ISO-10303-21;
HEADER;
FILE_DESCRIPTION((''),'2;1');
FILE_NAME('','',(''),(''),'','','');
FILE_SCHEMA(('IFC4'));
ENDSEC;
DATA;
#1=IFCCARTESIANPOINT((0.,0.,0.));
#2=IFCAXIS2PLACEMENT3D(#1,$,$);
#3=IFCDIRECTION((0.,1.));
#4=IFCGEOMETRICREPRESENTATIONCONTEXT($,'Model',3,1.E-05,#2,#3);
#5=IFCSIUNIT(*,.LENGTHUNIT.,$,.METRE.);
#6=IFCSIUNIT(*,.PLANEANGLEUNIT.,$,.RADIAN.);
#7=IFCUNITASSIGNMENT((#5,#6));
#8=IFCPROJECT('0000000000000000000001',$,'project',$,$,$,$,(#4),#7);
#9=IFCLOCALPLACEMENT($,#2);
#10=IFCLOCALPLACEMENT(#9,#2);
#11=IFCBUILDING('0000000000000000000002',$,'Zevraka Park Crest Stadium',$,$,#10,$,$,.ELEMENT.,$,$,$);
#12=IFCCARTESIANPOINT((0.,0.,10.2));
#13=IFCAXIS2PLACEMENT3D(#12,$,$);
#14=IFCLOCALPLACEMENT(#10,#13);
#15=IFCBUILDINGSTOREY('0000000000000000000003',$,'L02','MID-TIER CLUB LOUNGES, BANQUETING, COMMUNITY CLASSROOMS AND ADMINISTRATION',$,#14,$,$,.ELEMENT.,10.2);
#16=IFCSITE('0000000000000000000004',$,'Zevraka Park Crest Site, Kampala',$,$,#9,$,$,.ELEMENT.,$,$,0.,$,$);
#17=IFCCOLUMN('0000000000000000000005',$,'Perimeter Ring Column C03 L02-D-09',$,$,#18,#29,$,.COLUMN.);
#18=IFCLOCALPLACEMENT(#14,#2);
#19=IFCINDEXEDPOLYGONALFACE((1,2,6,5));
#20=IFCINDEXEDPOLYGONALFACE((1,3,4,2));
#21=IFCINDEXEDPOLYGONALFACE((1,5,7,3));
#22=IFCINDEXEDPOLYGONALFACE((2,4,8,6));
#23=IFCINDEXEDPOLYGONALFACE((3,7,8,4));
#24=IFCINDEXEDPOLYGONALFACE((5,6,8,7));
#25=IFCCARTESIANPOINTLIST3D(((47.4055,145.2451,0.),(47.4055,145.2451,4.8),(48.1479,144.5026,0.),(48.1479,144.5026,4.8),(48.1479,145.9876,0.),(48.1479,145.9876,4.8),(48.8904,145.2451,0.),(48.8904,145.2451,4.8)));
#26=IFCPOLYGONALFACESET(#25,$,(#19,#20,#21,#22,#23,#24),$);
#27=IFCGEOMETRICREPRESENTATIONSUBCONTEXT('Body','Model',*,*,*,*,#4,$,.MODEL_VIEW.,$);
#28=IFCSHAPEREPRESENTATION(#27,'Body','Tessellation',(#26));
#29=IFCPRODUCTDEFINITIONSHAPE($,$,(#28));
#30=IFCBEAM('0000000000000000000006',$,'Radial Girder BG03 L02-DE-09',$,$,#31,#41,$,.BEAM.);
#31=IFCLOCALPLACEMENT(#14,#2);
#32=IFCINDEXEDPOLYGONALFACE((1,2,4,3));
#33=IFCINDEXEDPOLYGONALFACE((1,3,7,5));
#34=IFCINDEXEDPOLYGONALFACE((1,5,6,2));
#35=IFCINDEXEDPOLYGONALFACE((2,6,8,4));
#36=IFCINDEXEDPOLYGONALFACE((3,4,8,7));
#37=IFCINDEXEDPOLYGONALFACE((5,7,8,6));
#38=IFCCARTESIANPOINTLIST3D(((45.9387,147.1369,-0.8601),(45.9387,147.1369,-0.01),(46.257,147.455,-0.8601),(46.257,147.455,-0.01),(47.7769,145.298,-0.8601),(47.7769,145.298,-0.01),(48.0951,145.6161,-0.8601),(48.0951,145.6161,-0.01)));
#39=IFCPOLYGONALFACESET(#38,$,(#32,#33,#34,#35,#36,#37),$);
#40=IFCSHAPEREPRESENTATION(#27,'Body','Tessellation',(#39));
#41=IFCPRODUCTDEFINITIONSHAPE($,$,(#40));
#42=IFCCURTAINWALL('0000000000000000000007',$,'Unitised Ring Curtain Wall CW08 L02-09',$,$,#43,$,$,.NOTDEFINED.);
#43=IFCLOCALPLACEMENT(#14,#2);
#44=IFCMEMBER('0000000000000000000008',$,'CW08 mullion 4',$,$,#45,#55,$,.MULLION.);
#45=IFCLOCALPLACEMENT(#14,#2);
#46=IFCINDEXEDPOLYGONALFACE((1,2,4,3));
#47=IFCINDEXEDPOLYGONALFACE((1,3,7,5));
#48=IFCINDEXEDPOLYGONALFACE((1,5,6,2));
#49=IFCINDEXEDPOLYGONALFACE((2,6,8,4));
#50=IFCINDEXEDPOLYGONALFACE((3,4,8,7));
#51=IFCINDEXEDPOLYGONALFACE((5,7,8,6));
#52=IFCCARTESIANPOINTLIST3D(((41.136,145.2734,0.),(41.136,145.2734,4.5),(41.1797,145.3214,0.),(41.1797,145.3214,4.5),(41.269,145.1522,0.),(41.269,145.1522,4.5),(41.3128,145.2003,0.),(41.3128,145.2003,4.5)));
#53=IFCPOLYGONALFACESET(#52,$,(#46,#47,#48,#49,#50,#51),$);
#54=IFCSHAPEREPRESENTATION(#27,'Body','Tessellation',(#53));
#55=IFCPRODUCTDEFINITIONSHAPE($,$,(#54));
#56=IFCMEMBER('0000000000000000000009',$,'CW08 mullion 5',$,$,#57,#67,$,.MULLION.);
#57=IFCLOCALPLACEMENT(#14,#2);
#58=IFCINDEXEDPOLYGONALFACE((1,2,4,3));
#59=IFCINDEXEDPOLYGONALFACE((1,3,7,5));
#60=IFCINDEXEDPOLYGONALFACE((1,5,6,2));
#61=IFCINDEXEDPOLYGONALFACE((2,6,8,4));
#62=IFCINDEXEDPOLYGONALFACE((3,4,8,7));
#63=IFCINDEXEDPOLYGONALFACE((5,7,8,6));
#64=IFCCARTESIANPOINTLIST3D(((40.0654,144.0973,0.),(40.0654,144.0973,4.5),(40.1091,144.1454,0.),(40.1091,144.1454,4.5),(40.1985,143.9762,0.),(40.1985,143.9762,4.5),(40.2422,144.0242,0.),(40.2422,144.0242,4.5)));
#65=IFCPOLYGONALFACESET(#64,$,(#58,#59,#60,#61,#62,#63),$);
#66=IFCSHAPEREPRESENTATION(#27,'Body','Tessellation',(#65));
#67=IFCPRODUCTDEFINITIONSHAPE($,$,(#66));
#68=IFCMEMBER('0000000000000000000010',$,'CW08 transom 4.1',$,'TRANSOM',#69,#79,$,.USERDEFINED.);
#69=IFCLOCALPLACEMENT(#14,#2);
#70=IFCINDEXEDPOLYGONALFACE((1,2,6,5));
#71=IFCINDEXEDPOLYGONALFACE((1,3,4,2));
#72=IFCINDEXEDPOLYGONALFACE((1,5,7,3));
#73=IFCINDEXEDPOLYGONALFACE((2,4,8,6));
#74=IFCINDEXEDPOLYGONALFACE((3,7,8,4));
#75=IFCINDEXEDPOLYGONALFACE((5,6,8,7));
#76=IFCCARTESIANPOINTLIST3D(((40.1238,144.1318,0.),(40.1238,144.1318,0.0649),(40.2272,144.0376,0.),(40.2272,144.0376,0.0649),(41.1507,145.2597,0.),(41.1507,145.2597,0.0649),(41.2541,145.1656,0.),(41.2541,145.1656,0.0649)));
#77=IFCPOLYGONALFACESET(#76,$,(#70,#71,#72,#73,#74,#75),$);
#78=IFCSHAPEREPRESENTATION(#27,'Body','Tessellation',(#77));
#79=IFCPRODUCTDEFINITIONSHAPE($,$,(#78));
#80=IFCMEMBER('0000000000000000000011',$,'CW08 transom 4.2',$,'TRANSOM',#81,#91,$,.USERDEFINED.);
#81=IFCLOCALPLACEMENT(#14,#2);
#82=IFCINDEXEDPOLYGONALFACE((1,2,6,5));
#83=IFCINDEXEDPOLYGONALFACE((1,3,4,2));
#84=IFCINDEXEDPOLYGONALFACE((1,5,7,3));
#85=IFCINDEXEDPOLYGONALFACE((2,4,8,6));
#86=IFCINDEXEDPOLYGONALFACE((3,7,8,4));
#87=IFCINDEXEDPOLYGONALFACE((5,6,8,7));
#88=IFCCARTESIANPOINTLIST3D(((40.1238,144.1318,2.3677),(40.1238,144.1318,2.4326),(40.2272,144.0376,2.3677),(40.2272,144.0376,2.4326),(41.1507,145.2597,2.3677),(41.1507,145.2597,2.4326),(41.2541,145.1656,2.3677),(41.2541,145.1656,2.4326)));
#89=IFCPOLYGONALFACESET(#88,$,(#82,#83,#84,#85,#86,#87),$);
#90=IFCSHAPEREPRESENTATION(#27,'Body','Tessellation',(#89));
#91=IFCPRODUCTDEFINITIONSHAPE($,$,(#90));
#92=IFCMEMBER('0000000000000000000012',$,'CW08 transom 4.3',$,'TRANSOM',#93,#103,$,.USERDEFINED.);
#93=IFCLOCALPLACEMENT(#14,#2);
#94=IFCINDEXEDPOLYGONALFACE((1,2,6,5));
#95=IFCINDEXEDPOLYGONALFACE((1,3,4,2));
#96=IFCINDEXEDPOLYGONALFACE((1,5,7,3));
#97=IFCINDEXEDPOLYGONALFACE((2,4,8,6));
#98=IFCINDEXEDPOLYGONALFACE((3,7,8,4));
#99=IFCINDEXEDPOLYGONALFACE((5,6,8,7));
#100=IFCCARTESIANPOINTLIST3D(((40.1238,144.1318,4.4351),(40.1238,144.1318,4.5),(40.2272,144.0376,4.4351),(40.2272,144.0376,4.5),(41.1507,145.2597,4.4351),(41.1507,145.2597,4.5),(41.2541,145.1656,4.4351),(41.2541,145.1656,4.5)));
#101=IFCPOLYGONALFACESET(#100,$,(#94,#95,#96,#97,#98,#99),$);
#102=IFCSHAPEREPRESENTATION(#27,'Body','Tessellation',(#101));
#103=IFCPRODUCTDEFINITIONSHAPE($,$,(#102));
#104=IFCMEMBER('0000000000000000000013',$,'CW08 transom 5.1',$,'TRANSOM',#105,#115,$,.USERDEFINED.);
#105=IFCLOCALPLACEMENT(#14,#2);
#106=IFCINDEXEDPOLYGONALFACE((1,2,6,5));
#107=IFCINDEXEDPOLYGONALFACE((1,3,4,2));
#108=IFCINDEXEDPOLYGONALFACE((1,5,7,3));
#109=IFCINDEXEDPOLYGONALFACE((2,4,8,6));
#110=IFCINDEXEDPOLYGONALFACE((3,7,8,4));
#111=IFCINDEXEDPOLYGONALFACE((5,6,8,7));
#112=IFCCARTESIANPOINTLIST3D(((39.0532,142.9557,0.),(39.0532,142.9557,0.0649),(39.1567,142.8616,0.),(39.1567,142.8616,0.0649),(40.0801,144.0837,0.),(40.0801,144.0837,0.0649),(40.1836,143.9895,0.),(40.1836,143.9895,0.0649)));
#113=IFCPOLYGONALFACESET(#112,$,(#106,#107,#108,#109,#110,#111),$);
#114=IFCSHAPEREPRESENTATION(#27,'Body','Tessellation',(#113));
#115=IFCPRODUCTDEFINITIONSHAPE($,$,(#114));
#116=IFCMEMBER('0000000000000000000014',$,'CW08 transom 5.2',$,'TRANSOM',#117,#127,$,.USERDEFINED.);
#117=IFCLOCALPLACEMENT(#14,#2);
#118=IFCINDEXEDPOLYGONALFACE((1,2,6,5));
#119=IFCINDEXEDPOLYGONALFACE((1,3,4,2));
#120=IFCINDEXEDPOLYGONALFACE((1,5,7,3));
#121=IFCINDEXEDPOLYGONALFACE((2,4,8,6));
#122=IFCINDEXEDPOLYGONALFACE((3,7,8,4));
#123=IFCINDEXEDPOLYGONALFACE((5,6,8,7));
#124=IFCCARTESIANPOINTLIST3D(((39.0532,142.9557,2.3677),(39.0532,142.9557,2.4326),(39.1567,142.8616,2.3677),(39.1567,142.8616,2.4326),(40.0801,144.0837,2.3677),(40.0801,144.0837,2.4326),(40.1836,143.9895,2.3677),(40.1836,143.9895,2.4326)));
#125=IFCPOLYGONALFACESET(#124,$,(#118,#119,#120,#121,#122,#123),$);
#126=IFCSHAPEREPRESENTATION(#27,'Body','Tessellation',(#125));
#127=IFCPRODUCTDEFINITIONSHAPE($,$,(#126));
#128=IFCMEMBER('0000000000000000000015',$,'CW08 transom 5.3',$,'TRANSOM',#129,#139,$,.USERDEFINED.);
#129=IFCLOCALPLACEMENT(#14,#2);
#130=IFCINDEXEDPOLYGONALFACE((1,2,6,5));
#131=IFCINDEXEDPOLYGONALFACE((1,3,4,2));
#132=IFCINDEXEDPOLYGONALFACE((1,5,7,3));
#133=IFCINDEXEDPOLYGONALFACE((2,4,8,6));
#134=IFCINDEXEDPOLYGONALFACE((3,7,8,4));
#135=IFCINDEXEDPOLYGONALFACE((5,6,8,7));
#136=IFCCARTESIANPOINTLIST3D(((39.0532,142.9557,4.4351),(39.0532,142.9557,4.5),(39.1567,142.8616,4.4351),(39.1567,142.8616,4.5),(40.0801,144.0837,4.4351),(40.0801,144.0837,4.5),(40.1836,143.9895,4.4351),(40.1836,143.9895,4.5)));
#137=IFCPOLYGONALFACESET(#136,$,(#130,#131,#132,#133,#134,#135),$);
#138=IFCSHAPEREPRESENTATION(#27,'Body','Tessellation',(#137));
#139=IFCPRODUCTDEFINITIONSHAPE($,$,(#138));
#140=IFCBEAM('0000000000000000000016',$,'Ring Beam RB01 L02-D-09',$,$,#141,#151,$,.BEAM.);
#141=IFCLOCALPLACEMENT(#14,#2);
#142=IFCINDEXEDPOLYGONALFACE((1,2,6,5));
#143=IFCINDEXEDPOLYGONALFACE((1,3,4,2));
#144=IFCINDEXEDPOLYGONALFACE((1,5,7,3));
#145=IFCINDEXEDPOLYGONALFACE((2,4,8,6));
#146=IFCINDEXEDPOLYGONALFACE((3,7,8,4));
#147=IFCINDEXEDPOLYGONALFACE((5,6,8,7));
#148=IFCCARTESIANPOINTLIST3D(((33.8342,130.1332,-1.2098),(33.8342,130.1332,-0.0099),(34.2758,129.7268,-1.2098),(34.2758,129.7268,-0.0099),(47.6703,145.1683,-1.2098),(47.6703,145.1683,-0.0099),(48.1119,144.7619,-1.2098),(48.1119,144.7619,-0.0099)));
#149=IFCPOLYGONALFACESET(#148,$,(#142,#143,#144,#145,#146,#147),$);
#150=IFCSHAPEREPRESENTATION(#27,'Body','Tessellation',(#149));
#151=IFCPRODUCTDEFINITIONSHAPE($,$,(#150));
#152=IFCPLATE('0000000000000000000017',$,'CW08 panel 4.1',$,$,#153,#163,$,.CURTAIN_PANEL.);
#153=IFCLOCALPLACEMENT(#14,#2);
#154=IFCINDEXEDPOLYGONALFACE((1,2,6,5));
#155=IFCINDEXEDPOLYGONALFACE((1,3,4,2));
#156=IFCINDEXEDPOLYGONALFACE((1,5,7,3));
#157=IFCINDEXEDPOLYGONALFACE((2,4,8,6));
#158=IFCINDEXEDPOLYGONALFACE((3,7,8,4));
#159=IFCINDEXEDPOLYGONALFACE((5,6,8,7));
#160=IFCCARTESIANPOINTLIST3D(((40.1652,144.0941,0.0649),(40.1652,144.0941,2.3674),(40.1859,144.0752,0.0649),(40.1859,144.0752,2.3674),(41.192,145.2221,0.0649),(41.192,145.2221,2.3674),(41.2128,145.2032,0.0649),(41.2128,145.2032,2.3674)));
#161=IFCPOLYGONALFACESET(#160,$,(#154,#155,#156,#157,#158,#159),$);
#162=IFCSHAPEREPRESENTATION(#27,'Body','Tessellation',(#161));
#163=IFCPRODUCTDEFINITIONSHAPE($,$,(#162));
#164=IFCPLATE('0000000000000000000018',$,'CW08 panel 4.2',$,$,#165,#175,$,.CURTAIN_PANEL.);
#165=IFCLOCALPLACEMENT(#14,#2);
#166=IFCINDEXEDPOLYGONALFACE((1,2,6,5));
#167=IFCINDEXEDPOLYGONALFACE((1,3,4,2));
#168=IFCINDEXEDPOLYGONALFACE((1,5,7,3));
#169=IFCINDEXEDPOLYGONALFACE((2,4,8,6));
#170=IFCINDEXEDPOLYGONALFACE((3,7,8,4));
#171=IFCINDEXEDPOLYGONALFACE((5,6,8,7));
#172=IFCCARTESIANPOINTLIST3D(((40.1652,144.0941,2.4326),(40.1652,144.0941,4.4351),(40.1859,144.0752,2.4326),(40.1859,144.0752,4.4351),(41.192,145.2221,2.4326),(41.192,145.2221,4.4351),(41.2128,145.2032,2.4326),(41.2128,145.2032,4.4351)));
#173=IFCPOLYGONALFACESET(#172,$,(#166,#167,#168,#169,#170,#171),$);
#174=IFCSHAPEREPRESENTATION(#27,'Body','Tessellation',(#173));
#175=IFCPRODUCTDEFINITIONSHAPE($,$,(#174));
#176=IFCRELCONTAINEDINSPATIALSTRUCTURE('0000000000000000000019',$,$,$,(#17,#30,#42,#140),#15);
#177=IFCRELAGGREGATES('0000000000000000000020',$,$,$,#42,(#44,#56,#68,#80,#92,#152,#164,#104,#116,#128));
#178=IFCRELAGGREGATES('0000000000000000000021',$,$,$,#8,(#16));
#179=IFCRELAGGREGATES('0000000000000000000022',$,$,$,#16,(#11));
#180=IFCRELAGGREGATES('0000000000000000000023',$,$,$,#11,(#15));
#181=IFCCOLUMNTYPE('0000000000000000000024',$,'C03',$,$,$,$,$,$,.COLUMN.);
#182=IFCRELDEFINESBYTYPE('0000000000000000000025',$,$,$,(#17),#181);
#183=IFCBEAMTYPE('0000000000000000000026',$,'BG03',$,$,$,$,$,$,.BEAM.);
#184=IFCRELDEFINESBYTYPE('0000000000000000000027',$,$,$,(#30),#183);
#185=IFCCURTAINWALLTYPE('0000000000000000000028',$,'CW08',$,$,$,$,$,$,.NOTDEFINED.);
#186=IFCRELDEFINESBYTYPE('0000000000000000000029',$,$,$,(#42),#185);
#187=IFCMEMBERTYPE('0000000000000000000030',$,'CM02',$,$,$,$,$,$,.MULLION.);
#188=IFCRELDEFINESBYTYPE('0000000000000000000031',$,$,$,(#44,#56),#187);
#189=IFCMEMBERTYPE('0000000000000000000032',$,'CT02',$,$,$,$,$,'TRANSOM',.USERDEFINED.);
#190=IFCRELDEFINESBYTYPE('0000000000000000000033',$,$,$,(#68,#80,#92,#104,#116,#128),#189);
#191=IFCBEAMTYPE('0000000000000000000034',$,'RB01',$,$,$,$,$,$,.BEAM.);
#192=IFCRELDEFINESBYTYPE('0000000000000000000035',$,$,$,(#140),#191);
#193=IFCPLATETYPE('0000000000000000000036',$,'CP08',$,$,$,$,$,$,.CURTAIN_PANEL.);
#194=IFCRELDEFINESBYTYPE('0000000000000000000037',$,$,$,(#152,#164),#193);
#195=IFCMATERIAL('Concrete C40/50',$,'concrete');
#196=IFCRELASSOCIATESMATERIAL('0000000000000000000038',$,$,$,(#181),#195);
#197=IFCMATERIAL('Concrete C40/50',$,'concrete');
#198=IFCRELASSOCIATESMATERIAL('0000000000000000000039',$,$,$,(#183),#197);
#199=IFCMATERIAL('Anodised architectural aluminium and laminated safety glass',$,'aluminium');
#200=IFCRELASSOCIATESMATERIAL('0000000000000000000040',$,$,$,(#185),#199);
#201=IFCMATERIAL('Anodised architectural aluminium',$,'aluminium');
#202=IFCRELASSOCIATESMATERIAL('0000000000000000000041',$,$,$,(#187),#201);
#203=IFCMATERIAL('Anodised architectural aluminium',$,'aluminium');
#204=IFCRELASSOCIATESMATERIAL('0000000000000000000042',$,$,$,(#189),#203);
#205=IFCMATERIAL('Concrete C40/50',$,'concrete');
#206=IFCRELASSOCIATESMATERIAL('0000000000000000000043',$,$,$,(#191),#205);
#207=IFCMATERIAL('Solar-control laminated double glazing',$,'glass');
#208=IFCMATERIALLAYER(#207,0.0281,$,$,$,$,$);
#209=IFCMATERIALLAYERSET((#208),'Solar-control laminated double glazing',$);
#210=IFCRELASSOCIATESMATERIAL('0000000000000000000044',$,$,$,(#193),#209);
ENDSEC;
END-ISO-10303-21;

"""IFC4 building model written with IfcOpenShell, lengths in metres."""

from ifc_helpers import new_model, si_unit, direction, frame, origin, origin_2d, place, context, subcontext, project, spatial, rectangle, extrude, material, layer, layer_set, material_profile, profile_set, type_object, element, aggregate, save


model = new_model("IFC4")

# Units and contexts
model_context = context("Model", 3, precision=1e-05, world=origin(), true_north=direction((0.0, 1.0)))
body_context = subcontext(model_context, "Body", "Model", "MODEL_VIEW")
ifc_project = project(units=[si_unit("LENGTHUNIT", "METRE"), si_unit("PLANEANGLEUNIT", "RADIAN")], contexts=[model_context])

# Site, building, storey
site_placement = place(None, origin())
site = spatial("IfcSite", under=ifc_project, at=site_placement, Name="Zevraka Park Crest Site, Kampala", CompositionType="ELEMENT", RefElevation=0.0)
building_placement = place(site_placement, origin())
building = spatial("IfcBuilding", under=site, at=building_placement, Name="Zevraka Park Crest Stadium", CompositionType="ELEMENT")
storey_placement = place(building_placement, frame((0.0, 0.0, 10.2)))
storey = spatial("IfcBuildingStorey", under=building, at=storey_placement, Name="L02", Description="MID-TIER CLUB LOUNGES, BANQUETING, COMMUNITY CLASSROOMS AND ADMINISTRATION", CompositionType="ELEMENT", Elevation=10.2)

# Column
ifc_material_1 = material(Name="Concrete C40/50", Category="concrete")
ifc_material_profile_1 = material_profile(ifc_material_1, rectangle(XDim=1.05, YDim=1.05, at=origin_2d()), Name="RC 1050x1050")
ifc_profile_set_1 = profile_set([ifc_material_profile_1], Name="Concrete C40/50")
column_type = type_object("IfcColumnType", Name="C03", PredefinedType="COLUMN", material=ifc_profile_set_1)
column_placement = place(storey_placement, frame((48.1479, 145.2451, 0.0), z_axis=(0.0, 0.0, 1.0), x_axis=(-0.707107, 0.707107, 0.0)))
element("IfcColumn", 1, at=column_placement, inside=storey, type_object=column_type, Name="Perimeter Ring Column C03 L02-D-09", PredefinedType="COLUMN", context=body_context, shape_type="SweptSolid", body=[
    extrude(rectangle(XDim=1.05, YDim=1.05, at=origin_2d()), origin(), (0.0, 0.0, 1.0), 4.8),
])

# Beam
ifc_material_2 = material(Name="Concrete C40/50", Category="concrete")
ifc_material_profile_2 = material_profile(ifc_material_2, rectangle(XDim=0.45, YDim=0.8501, at=origin_2d()), Name="RC 850x450")
ifc_profile_set_2 = profile_set([ifc_material_profile_2], Name="Concrete C40/50")
beam_type_1 = type_object("IfcBeamType", Name="BG03", PredefinedType="BEAM", material=ifc_profile_set_2)
beam_1_placement = place(storey_placement, frame((47.936, 145.457, -0.4351), z_axis=(-0.706966, 0.707248, 0.0), x_axis=(-0.707248, -0.706966, 0.0)))
element("IfcBeam", 2, at=beam_1_placement, inside=storey, type_object=beam_type_1, Name="Radial Girder BG03 L02-DE-09", PredefinedType="BEAM", context=body_context, shape_type="SweptSolid", body=[
    extrude(rectangle(XDim=0.45, YDim=0.8501, at=origin_2d()), origin(), (0.0, 0.0, 1.0), 2.6001),
])

# Curtain wall, members
ifc_material_3 = material(Name="Anodised architectural aluminium and laminated safety glass", Category="aluminium")
curtain_wall_type = type_object("IfcCurtainWallType", Name="CW08", PredefinedType="NOTDEFINED", material=ifc_material_3)
curtain_wall_placement = place(storey_placement, origin())
curtain_wall = element("IfcCurtainWall", 3, at=curtain_wall_placement, inside=storey, type_object=curtain_wall_type, Name="Unitised Ring Curtain Wall CW08 L02-09", PredefinedType="NOTDEFINED")
ifc_material_4 = material(Name="Anodised architectural aluminium", Category="aluminium")
ifc_material_profile_3 = material_profile(ifc_material_4, rectangle(XDim=0.1799, YDim=0.0649, at=origin_2d()), Name="ALU MULLION 180x65")
ifc_profile_set_3 = profile_set([ifc_material_profile_3], Name="Anodised architectural aluminium")
member_type_1 = type_object("IfcMemberType", Name="CM02", PredefinedType="MULLION", material=ifc_profile_set_3)
member_1_placement = place(storey_placement, frame((41.2244, 145.2368, 0.0), z_axis=(0.0, 0.0, 1.0), x_axis=(0.739497, -0.67316, 0.0)))
member_1 = element("IfcMember", 4, at=member_1_placement, type_object=member_type_1, Name="CW08 mullion 4", PredefinedType="MULLION", context=body_context, shape_type="SweptSolid", body=[
    extrude(rectangle(XDim=0.1799, YDim=0.0649, at=origin_2d()), origin(), (0.0, 0.0, 1.0), 4.5),
])
member_2_placement = place(storey_placement, frame((40.1538, 144.0608, 0.0), z_axis=(0.0, 0.0, 1.0), x_axis=(0.739497, -0.67316, 0.0)))
member_2 = element("IfcMember", 5, at=member_2_placement, type_object=member_type_1, Name="CW08 mullion 5", PredefinedType="MULLION", context=body_context, shape_type="SweptSolid", body=[
    extrude(rectangle(XDim=0.1799, YDim=0.0649, at=origin_2d()), origin(), (0.0, 0.0, 1.0), 4.5),
])
ifc_material_5 = material(Name="Anodised architectural aluminium", Category="aluminium")
ifc_material_profile_4 = material_profile(ifc_material_5, rectangle(XDim=0.1399, YDim=0.0649, at=origin_2d()), Name="ALU TRANSOM 140x65")
ifc_profile_set_4 = profile_set([ifc_material_profile_4], Name="Anodised architectural aluminium")
member_type_2 = type_object("IfcMemberType", Name="CT02", ElementType="TRANSOM", PredefinedType="USERDEFINED", material=ifc_profile_set_4)
member_3_placement = place(storey_placement, frame((41.2024, 145.2126, 0.0325), z_axis=(-0.673198, -0.739462, 0.0), x_axis=(0.739462, -0.673198, 0.0)))
member_3 = element("IfcMember", 6, at=member_3_placement, type_object=member_type_2, Name="CW08 transom 4.1", ObjectType="TRANSOM", PredefinedType="USERDEFINED", context=body_context, shape_type="SweptSolid", body=[
    extrude(rectangle(XDim=0.1399, YDim=0.0649, at=origin_2d()), origin(), (0.0, 0.0, 1.0), 1.5254),
])
member_4_placement = place(storey_placement, frame((41.2024, 145.2126, 2.4001), z_axis=(-0.673198, -0.739462, 0.0), x_axis=(0.739462, -0.673198, 0.0)))
member_4 = element("IfcMember", 7, at=member_4_placement, type_object=member_type_2, Name="CW08 transom 4.2", ObjectType="TRANSOM", PredefinedType="USERDEFINED", context=body_context, shape_type="SweptSolid", body=[
    extrude(rectangle(XDim=0.1399, YDim=0.0649, at=origin_2d()), origin(), (0.0, 0.0, 1.0), 1.5254),
])
member_5_placement = place(storey_placement, frame((41.2024, 145.2126, 4.4675), z_axis=(-0.673198, -0.739462, 0.0), x_axis=(0.739462, -0.673198, 0.0)))
member_5 = element("IfcMember", 8, at=member_5_placement, type_object=member_type_2, Name="CW08 transom 4.3", ObjectType="TRANSOM", PredefinedType="USERDEFINED", context=body_context, shape_type="SweptSolid", body=[
    extrude(rectangle(XDim=0.1399, YDim=0.0649, at=origin_2d()), origin(), (0.0, 0.0, 1.0), 1.5254),
])
member_6_placement = place(storey_placement, frame((40.1318, 144.0366, 0.0325), z_axis=(-0.673198, -0.739462, 0.0), x_axis=(0.739462, -0.673198, 0.0)))
member_6 = element("IfcMember", 9, at=member_6_placement, type_object=member_type_2, Name="CW08 transom 5.1", ObjectType="TRANSOM", PredefinedType="USERDEFINED", context=body_context, shape_type="SweptSolid", body=[
    extrude(rectangle(XDim=0.1399, YDim=0.0649, at=origin_2d()), origin(), (0.0, 0.0, 1.0), 1.5254),
])
member_7_placement = place(storey_placement, frame((40.1318, 144.0366, 2.4001), z_axis=(-0.673198, -0.739462, 0.0), x_axis=(0.739462, -0.673198, 0.0)))
member_7 = element("IfcMember", 10, at=member_7_placement, type_object=member_type_2, Name="CW08 transom 5.2", ObjectType="TRANSOM", PredefinedType="USERDEFINED", context=body_context, shape_type="SweptSolid", body=[
    extrude(rectangle(XDim=0.1399, YDim=0.0649, at=origin_2d()), origin(), (0.0, 0.0, 1.0), 1.5254),
])
member_8_placement = place(storey_placement, frame((40.1318, 144.0366, 4.4675), z_axis=(-0.673198, -0.739462, 0.0), x_axis=(0.739462, -0.673198, 0.0)))
member_8 = element("IfcMember", 11, at=member_8_placement, type_object=member_type_2, Name="CW08 transom 5.3", ObjectType="TRANSOM", PredefinedType="USERDEFINED", context=body_context, shape_type="SweptSolid", body=[
    extrude(rectangle(XDim=0.1399, YDim=0.0649, at=origin_2d()), origin(), (0.0, 0.0, 1.0), 1.5254),
])

# Beam
ifc_material_6 = material(Name="Concrete C40/50", Category="concrete")
ifc_material_profile_5 = material_profile(ifc_material_6, rectangle(XDim=0.6001, YDim=1.2, at=origin_2d()), Name="RC 1200x600")
ifc_profile_set_5 = profile_set([ifc_material_profile_5], Name="Concrete C40/50")
beam_type_2 = type_object("IfcBeamType", Name="RB01", PredefinedType="BEAM", material=ifc_profile_set_5)
beam_2_placement = place(storey_placement, frame((47.8911, 144.9651, -0.6099), z_axis=(-0.677158, -0.735837, 0.0), x_axis=(0.735837, -0.677158, 0.0)))
element("IfcBeam", 12, at=beam_2_placement, inside=storey, type_object=beam_type_2, Name="Ring Beam RB01 L02-D-09", PredefinedType="BEAM", context=body_context, shape_type="SweptSolid", body=[
    extrude(rectangle(XDim=0.6001, YDim=1.2, at=origin_2d()), origin(), (0.0, 0.0, 1.0), 20.4326),
])

# Plates
ifc_material_7 = material(Name="Solar-control laminated double glazing", Category="glass")
ifc_layer_1 = layer(ifc_material_7, 0.0281)
ifc_layer_set_1 = layer_set([ifc_layer_1], Name="Solar-control laminated double glazing")
plate_type = type_object("IfcPlateType", Name="CP08", PredefinedType="CURTAIN_PANEL", material=ifc_layer_set_1)
plate_1_placement = place(storey_placement, frame((40.689, 144.6487, 0.0649), z_axis=(0.0, 0.0, 1.0), x_axis=(-0.67316, -0.739497, 0.0)))
plate_1 = element("IfcPlate", 13, at=plate_1_placement, type_object=plate_type, Name="CW08 panel 4.1", PredefinedType="CURTAIN_PANEL", context=body_context, shape_type="SweptSolid", body=[
    extrude(rectangle(XDim=1.5254, YDim=0.0281, at=origin_2d()), origin(), (0.0, 0.0, 1.0), 2.3025),
])
plate_2_placement = place(storey_placement, frame((40.689, 144.6487, 2.4326), z_axis=(0.0, 0.0, 1.0), x_axis=(-0.67316, -0.739497, 0.0)))
plate_2 = element("IfcPlate", 14, at=plate_2_placement, type_object=plate_type, Name="CW08 panel 4.2", PredefinedType="CURTAIN_PANEL", context=body_context, shape_type="SweptSolid", body=[
    extrude(rectangle(XDim=1.5254, YDim=0.0281, at=origin_2d()), origin(), (0.0, 0.0, 1.0), 2.0024),
])
aggregate(curtain_wall, [member_1, member_2, member_3, member_4, member_5, plate_1, plate_2, member_6, member_7, member_8])

save(model, "model.ifc")
